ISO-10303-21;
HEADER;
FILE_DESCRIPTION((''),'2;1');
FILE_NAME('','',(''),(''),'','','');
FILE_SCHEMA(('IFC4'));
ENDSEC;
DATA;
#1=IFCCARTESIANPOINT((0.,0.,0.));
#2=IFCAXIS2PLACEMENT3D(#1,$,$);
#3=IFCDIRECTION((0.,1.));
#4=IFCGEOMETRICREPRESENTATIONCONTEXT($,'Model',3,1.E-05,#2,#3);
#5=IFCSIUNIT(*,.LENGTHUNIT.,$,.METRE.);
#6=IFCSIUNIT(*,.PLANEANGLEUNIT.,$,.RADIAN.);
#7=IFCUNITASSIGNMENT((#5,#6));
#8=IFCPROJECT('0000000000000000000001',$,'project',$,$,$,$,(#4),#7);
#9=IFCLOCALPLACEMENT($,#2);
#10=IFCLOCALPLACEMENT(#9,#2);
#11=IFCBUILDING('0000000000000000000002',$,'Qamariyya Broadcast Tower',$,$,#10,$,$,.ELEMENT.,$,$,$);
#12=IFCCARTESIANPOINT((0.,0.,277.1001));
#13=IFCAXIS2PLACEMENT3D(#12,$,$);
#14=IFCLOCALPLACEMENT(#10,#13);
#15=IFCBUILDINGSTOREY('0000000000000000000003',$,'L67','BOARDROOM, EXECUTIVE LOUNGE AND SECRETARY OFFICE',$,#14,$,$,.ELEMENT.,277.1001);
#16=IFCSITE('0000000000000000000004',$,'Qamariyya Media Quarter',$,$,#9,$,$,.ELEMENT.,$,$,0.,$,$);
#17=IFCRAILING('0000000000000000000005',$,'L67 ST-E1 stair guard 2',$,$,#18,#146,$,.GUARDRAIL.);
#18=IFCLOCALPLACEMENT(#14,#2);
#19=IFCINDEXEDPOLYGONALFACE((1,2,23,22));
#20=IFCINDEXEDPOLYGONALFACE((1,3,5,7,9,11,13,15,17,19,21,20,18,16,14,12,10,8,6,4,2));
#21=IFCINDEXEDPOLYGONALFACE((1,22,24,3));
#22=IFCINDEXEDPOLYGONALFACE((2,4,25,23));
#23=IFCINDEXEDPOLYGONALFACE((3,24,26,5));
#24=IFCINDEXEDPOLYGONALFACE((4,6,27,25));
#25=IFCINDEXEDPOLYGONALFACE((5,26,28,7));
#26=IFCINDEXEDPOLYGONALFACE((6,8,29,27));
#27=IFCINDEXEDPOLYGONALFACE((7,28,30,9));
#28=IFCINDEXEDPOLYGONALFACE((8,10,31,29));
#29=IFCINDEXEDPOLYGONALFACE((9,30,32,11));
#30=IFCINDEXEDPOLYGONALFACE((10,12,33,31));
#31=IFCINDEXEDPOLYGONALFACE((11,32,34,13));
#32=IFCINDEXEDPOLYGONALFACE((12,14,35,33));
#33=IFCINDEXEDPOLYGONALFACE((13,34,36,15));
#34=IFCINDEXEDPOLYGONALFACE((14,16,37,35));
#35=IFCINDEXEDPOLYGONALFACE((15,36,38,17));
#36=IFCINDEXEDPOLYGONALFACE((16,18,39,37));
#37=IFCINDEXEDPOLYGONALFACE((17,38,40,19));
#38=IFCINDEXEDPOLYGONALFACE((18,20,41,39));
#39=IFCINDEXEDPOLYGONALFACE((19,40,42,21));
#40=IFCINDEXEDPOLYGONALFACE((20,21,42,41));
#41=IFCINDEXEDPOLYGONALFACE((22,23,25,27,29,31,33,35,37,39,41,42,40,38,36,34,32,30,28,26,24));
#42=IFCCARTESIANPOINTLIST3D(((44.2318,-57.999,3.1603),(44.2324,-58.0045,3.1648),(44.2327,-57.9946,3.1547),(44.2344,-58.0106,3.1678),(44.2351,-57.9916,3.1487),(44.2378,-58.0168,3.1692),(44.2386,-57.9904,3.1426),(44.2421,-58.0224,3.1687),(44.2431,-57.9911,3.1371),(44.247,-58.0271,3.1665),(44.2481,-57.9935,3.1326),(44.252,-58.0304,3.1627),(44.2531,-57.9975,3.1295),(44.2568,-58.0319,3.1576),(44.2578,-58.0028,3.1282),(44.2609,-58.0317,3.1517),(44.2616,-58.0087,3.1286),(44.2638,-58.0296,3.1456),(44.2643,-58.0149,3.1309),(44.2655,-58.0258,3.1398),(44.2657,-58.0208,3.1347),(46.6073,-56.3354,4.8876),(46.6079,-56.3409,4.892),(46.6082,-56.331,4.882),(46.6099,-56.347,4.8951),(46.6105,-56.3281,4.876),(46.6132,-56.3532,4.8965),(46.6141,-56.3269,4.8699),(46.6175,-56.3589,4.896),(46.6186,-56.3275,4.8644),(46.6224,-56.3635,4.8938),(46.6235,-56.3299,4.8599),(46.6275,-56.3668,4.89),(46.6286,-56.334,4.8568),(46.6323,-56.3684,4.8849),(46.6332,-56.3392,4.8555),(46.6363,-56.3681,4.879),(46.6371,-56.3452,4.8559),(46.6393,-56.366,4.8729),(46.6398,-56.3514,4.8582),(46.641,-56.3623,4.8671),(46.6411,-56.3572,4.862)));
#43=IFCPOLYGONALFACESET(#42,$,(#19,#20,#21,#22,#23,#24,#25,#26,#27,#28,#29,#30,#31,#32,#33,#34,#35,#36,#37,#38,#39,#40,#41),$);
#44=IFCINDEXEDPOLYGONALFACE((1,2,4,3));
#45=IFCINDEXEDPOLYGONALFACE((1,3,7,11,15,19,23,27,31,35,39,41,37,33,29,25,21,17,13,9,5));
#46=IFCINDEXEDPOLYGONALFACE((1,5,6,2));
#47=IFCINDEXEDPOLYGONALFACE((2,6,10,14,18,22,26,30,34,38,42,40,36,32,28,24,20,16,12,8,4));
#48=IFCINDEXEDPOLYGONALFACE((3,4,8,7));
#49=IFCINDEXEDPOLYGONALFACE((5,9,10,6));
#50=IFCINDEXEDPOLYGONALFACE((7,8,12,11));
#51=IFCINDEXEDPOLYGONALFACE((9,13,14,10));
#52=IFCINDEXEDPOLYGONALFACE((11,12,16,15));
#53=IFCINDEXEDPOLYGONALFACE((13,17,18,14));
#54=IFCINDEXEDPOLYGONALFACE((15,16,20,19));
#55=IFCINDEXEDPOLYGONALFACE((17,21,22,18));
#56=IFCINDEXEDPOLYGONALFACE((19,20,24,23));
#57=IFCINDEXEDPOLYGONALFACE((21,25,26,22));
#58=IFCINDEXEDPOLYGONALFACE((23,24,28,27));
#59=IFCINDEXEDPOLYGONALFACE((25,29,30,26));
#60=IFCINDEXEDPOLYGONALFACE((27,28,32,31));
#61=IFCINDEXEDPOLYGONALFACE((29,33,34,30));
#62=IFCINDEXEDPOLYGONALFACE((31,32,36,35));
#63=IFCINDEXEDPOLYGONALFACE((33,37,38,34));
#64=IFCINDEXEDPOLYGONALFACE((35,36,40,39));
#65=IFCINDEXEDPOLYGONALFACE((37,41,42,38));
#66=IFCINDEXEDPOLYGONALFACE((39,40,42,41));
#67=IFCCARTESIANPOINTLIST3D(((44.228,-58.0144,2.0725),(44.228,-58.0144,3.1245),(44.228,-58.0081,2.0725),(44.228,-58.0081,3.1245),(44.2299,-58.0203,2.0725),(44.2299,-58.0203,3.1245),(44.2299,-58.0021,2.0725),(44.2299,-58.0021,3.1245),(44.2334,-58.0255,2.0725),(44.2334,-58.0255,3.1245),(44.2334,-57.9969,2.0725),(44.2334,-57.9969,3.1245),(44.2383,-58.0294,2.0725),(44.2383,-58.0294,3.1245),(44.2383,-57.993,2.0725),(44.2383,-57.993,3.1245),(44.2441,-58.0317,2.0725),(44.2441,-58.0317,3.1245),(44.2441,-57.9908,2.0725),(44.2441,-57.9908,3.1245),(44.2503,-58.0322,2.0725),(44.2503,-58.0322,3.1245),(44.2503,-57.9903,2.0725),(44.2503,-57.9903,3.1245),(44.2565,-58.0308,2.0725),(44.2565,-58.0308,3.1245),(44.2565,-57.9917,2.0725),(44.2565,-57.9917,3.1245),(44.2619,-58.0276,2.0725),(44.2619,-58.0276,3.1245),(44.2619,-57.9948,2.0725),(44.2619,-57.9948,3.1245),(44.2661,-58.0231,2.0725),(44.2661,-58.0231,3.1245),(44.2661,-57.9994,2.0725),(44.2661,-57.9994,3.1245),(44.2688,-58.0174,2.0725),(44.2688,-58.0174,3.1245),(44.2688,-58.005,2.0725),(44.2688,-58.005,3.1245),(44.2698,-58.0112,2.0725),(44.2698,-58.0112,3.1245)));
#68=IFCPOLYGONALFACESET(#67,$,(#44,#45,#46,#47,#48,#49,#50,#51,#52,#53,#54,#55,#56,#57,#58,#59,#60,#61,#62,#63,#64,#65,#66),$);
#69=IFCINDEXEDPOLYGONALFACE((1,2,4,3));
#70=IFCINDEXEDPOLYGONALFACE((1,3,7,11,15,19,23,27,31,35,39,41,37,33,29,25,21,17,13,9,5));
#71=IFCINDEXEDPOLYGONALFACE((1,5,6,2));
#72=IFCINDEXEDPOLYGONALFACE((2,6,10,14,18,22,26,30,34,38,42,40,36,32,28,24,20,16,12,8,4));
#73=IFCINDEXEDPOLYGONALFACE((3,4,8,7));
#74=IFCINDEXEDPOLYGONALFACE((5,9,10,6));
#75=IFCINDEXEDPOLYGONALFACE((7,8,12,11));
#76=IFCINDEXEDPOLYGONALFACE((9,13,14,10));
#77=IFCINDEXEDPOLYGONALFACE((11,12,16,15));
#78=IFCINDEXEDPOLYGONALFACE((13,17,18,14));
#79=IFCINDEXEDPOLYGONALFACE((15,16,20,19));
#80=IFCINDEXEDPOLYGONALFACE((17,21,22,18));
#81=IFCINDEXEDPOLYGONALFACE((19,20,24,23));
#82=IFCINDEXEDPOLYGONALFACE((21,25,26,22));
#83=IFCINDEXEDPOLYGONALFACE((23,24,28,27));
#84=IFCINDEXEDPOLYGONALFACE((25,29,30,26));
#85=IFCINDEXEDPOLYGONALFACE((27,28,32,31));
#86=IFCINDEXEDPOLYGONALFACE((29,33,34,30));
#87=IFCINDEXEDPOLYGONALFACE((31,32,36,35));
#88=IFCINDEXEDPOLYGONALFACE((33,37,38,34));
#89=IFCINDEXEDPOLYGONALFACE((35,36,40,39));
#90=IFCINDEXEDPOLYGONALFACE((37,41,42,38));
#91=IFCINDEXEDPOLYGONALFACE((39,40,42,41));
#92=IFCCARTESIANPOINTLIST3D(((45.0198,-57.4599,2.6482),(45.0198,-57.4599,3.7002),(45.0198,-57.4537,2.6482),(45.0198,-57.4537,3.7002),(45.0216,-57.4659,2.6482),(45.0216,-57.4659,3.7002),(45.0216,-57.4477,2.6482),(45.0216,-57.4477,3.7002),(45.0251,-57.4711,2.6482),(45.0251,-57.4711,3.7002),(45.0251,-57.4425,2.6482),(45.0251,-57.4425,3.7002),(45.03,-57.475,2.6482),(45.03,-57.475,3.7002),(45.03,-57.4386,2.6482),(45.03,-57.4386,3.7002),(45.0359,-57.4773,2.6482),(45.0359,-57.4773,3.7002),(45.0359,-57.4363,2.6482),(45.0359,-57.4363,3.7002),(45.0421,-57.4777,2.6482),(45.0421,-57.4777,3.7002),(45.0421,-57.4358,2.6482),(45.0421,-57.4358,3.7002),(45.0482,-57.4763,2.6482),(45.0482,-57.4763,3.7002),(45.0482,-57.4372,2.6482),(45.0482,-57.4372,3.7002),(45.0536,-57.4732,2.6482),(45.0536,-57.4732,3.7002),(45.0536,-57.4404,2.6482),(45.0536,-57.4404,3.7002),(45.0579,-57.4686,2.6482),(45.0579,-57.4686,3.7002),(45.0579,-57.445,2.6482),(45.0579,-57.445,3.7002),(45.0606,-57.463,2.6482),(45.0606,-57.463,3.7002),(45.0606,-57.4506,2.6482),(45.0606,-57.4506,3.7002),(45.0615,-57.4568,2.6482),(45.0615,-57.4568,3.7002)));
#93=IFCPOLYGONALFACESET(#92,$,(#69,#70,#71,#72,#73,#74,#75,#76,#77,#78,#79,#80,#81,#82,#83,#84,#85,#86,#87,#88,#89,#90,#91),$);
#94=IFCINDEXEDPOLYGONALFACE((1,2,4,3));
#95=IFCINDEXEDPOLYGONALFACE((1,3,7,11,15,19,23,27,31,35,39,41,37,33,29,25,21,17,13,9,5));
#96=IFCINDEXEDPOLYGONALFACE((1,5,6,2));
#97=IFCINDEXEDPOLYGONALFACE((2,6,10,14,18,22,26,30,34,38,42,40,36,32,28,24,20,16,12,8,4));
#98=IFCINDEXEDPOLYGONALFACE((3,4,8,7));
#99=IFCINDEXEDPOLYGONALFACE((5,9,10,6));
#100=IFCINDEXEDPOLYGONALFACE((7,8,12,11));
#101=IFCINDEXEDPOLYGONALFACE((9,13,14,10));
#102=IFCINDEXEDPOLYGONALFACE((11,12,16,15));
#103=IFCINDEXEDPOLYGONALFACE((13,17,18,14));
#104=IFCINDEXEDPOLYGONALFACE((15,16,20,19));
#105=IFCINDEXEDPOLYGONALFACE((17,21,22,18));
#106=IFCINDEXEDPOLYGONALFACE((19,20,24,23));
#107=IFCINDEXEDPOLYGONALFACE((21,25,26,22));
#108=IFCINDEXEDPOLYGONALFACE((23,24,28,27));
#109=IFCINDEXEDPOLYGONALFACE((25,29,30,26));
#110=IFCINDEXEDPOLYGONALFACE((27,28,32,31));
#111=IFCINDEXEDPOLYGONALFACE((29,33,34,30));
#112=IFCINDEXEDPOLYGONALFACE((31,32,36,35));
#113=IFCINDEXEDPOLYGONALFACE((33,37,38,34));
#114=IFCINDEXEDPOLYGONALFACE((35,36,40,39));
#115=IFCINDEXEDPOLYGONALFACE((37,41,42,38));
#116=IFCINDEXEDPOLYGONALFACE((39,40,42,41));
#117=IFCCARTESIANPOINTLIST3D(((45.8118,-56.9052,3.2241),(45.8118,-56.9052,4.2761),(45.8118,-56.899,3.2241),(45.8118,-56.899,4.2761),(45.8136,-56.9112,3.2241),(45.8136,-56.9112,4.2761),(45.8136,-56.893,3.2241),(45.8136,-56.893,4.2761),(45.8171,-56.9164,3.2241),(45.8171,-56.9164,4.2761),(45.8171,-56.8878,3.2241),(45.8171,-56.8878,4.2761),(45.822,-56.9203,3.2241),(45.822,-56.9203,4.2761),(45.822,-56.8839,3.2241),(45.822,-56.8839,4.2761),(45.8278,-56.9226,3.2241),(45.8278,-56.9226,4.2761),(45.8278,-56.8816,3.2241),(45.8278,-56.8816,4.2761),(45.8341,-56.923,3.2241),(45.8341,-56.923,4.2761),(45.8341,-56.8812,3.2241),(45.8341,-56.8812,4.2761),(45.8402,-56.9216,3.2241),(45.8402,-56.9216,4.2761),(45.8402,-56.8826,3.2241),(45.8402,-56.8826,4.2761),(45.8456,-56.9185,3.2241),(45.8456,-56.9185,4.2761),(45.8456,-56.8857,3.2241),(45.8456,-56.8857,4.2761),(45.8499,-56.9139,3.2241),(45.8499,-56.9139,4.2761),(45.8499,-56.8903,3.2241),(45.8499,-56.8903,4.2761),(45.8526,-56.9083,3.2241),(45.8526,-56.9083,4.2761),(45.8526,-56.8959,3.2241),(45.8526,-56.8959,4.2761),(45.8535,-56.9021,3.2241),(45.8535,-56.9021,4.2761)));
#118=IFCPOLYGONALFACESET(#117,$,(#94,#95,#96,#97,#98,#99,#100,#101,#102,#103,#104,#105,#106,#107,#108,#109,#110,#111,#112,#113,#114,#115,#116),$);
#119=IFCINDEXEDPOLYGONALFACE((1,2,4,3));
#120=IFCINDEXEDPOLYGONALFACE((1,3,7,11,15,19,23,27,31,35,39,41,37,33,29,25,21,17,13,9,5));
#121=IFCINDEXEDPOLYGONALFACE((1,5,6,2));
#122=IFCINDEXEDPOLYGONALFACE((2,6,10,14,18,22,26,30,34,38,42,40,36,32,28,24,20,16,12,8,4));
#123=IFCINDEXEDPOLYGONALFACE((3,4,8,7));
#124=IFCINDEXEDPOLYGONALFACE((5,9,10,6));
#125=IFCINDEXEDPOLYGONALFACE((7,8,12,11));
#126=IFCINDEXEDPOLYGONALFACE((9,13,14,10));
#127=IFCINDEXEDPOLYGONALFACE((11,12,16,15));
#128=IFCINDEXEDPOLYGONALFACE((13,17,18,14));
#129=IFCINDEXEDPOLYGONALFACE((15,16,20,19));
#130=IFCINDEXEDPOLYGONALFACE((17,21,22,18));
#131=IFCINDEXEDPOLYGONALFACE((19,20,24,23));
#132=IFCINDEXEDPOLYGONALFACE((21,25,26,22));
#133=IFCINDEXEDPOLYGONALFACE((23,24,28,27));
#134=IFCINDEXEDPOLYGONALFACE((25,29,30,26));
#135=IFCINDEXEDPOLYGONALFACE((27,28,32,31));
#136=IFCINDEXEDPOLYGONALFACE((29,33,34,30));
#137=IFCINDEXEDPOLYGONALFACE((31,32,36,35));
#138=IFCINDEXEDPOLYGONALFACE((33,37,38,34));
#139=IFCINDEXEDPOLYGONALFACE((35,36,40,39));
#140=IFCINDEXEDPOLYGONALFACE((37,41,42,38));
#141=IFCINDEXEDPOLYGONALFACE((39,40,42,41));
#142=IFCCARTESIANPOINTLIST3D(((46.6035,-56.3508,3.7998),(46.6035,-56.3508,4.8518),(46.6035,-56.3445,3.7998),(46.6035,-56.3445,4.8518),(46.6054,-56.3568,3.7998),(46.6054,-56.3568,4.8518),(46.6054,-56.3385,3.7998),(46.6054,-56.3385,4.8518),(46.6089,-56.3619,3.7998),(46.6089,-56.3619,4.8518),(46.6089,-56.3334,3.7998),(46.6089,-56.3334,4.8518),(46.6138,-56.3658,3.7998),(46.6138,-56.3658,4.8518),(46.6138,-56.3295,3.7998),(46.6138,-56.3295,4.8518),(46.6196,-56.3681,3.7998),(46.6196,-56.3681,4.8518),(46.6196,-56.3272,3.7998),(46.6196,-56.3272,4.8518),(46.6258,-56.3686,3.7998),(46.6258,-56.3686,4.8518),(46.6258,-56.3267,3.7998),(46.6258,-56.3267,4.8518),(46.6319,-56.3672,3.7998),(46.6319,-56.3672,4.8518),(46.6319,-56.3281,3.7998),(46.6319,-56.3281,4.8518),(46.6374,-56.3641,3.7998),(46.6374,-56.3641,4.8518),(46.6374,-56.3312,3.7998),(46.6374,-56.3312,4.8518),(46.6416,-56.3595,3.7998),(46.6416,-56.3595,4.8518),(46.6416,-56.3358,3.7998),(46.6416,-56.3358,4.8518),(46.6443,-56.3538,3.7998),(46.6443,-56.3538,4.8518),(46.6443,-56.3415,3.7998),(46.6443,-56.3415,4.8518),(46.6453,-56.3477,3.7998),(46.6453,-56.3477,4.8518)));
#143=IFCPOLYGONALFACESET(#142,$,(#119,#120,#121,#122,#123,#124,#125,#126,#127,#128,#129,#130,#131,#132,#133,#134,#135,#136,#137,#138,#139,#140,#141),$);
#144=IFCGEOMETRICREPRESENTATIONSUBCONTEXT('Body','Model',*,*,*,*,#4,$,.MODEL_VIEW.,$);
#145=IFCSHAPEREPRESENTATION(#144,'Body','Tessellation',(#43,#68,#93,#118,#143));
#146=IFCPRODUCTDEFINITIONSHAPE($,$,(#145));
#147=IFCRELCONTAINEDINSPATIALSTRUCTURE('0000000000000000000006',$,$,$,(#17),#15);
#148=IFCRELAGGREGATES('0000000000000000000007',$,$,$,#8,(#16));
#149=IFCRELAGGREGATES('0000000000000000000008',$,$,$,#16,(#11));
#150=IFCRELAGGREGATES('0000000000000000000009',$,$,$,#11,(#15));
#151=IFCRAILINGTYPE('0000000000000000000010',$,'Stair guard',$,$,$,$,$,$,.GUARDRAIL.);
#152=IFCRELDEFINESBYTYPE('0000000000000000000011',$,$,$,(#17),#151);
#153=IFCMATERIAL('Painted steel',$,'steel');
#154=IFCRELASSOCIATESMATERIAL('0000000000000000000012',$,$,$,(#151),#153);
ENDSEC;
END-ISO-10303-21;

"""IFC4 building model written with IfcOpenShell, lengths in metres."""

from ifc_helpers import new_model, si_unit, direction, frame, origin, origin_2d, place, context, subcontext, project, spatial, circle, extrude, material, type_object, element, save


model = new_model("IFC4")

# Units and contexts
model_context = context("Model", 3, precision=1e-05, world=origin(), true_north=direction((0.0, 1.0)))
body_context = subcontext(model_context, "Body", "Model", "MODEL_VIEW")
ifc_project = project(units=[si_unit("LENGTHUNIT", "METRE"), si_unit("PLANEANGLEUNIT", "RADIAN")], contexts=[model_context])

# Site, building, storey
site_placement = place(None, origin())
site = spatial("IfcSite", under=ifc_project, at=site_placement, Name="Qamariyya Media Quarter", CompositionType="ELEMENT", RefElevation=0.0)
building_placement = place(site_placement, origin())
building = spatial("IfcBuilding", under=site, at=building_placement, Name="Qamariyya Broadcast Tower", CompositionType="ELEMENT")
storey_placement = place(building_placement, frame((0.0, 0.0, 277.1001)))
storey = spatial("IfcBuildingStorey", under=building, at=storey_placement, Name="L67", Description="BOARDROOM, EXECUTIVE LOUNGE AND SECRETARY OFFICE", CompositionType="ELEMENT", Elevation=277.1001)

# Railing
ifc_material_1 = material(Name="Painted steel", Category="steel")
railing_type_1 = type_object("IfcRailingType", Name="Stair guard", PredefinedType="GUARDRAIL", material=ifc_material_1)
railing_1_placement = place(storey_placement, frame((44.2488, -58.0112, 2.0725)))
element("IfcRailing", 1, at=railing_1_placement, inside=storey, type_object=railing_type_1, Name="L67 ST-E1 stair guard 2", PredefinedType="GUARDRAIL", context=body_context, shape_type="SweptSolid", body=[
    extrude(circle(Radius=0.0239, at=origin_2d()), frame((0.0, 0.0, 1.0762), z_axis=(0.703745, 0.492838, 0.511716), x_axis=(-0.573632, 0.819113, 0.0)), (0.0, 0.0, 1.0), 3.3755),
    extrude(circle(Radius=0.021, at=origin_2d()), origin(), (0.0, 0.0, 1.0), 1.052),
    extrude(circle(Radius=0.021, at=origin_2d()), frame((0.7917, 0.5544, 0.5757)), (0.0, 0.0, 1.0), 1.052),
    extrude(circle(Radius=0.021, at=origin_2d()), frame((1.5837, 1.1091, 1.1516)), (0.0, 0.0, 1.0), 1.052),
    extrude(circle(Radius=0.021, at=origin_2d()), frame((2.3755, 1.6636, 1.7273)), (0.0, 0.0, 1.0), 1.052),
])

save(model, "model.ifc")
